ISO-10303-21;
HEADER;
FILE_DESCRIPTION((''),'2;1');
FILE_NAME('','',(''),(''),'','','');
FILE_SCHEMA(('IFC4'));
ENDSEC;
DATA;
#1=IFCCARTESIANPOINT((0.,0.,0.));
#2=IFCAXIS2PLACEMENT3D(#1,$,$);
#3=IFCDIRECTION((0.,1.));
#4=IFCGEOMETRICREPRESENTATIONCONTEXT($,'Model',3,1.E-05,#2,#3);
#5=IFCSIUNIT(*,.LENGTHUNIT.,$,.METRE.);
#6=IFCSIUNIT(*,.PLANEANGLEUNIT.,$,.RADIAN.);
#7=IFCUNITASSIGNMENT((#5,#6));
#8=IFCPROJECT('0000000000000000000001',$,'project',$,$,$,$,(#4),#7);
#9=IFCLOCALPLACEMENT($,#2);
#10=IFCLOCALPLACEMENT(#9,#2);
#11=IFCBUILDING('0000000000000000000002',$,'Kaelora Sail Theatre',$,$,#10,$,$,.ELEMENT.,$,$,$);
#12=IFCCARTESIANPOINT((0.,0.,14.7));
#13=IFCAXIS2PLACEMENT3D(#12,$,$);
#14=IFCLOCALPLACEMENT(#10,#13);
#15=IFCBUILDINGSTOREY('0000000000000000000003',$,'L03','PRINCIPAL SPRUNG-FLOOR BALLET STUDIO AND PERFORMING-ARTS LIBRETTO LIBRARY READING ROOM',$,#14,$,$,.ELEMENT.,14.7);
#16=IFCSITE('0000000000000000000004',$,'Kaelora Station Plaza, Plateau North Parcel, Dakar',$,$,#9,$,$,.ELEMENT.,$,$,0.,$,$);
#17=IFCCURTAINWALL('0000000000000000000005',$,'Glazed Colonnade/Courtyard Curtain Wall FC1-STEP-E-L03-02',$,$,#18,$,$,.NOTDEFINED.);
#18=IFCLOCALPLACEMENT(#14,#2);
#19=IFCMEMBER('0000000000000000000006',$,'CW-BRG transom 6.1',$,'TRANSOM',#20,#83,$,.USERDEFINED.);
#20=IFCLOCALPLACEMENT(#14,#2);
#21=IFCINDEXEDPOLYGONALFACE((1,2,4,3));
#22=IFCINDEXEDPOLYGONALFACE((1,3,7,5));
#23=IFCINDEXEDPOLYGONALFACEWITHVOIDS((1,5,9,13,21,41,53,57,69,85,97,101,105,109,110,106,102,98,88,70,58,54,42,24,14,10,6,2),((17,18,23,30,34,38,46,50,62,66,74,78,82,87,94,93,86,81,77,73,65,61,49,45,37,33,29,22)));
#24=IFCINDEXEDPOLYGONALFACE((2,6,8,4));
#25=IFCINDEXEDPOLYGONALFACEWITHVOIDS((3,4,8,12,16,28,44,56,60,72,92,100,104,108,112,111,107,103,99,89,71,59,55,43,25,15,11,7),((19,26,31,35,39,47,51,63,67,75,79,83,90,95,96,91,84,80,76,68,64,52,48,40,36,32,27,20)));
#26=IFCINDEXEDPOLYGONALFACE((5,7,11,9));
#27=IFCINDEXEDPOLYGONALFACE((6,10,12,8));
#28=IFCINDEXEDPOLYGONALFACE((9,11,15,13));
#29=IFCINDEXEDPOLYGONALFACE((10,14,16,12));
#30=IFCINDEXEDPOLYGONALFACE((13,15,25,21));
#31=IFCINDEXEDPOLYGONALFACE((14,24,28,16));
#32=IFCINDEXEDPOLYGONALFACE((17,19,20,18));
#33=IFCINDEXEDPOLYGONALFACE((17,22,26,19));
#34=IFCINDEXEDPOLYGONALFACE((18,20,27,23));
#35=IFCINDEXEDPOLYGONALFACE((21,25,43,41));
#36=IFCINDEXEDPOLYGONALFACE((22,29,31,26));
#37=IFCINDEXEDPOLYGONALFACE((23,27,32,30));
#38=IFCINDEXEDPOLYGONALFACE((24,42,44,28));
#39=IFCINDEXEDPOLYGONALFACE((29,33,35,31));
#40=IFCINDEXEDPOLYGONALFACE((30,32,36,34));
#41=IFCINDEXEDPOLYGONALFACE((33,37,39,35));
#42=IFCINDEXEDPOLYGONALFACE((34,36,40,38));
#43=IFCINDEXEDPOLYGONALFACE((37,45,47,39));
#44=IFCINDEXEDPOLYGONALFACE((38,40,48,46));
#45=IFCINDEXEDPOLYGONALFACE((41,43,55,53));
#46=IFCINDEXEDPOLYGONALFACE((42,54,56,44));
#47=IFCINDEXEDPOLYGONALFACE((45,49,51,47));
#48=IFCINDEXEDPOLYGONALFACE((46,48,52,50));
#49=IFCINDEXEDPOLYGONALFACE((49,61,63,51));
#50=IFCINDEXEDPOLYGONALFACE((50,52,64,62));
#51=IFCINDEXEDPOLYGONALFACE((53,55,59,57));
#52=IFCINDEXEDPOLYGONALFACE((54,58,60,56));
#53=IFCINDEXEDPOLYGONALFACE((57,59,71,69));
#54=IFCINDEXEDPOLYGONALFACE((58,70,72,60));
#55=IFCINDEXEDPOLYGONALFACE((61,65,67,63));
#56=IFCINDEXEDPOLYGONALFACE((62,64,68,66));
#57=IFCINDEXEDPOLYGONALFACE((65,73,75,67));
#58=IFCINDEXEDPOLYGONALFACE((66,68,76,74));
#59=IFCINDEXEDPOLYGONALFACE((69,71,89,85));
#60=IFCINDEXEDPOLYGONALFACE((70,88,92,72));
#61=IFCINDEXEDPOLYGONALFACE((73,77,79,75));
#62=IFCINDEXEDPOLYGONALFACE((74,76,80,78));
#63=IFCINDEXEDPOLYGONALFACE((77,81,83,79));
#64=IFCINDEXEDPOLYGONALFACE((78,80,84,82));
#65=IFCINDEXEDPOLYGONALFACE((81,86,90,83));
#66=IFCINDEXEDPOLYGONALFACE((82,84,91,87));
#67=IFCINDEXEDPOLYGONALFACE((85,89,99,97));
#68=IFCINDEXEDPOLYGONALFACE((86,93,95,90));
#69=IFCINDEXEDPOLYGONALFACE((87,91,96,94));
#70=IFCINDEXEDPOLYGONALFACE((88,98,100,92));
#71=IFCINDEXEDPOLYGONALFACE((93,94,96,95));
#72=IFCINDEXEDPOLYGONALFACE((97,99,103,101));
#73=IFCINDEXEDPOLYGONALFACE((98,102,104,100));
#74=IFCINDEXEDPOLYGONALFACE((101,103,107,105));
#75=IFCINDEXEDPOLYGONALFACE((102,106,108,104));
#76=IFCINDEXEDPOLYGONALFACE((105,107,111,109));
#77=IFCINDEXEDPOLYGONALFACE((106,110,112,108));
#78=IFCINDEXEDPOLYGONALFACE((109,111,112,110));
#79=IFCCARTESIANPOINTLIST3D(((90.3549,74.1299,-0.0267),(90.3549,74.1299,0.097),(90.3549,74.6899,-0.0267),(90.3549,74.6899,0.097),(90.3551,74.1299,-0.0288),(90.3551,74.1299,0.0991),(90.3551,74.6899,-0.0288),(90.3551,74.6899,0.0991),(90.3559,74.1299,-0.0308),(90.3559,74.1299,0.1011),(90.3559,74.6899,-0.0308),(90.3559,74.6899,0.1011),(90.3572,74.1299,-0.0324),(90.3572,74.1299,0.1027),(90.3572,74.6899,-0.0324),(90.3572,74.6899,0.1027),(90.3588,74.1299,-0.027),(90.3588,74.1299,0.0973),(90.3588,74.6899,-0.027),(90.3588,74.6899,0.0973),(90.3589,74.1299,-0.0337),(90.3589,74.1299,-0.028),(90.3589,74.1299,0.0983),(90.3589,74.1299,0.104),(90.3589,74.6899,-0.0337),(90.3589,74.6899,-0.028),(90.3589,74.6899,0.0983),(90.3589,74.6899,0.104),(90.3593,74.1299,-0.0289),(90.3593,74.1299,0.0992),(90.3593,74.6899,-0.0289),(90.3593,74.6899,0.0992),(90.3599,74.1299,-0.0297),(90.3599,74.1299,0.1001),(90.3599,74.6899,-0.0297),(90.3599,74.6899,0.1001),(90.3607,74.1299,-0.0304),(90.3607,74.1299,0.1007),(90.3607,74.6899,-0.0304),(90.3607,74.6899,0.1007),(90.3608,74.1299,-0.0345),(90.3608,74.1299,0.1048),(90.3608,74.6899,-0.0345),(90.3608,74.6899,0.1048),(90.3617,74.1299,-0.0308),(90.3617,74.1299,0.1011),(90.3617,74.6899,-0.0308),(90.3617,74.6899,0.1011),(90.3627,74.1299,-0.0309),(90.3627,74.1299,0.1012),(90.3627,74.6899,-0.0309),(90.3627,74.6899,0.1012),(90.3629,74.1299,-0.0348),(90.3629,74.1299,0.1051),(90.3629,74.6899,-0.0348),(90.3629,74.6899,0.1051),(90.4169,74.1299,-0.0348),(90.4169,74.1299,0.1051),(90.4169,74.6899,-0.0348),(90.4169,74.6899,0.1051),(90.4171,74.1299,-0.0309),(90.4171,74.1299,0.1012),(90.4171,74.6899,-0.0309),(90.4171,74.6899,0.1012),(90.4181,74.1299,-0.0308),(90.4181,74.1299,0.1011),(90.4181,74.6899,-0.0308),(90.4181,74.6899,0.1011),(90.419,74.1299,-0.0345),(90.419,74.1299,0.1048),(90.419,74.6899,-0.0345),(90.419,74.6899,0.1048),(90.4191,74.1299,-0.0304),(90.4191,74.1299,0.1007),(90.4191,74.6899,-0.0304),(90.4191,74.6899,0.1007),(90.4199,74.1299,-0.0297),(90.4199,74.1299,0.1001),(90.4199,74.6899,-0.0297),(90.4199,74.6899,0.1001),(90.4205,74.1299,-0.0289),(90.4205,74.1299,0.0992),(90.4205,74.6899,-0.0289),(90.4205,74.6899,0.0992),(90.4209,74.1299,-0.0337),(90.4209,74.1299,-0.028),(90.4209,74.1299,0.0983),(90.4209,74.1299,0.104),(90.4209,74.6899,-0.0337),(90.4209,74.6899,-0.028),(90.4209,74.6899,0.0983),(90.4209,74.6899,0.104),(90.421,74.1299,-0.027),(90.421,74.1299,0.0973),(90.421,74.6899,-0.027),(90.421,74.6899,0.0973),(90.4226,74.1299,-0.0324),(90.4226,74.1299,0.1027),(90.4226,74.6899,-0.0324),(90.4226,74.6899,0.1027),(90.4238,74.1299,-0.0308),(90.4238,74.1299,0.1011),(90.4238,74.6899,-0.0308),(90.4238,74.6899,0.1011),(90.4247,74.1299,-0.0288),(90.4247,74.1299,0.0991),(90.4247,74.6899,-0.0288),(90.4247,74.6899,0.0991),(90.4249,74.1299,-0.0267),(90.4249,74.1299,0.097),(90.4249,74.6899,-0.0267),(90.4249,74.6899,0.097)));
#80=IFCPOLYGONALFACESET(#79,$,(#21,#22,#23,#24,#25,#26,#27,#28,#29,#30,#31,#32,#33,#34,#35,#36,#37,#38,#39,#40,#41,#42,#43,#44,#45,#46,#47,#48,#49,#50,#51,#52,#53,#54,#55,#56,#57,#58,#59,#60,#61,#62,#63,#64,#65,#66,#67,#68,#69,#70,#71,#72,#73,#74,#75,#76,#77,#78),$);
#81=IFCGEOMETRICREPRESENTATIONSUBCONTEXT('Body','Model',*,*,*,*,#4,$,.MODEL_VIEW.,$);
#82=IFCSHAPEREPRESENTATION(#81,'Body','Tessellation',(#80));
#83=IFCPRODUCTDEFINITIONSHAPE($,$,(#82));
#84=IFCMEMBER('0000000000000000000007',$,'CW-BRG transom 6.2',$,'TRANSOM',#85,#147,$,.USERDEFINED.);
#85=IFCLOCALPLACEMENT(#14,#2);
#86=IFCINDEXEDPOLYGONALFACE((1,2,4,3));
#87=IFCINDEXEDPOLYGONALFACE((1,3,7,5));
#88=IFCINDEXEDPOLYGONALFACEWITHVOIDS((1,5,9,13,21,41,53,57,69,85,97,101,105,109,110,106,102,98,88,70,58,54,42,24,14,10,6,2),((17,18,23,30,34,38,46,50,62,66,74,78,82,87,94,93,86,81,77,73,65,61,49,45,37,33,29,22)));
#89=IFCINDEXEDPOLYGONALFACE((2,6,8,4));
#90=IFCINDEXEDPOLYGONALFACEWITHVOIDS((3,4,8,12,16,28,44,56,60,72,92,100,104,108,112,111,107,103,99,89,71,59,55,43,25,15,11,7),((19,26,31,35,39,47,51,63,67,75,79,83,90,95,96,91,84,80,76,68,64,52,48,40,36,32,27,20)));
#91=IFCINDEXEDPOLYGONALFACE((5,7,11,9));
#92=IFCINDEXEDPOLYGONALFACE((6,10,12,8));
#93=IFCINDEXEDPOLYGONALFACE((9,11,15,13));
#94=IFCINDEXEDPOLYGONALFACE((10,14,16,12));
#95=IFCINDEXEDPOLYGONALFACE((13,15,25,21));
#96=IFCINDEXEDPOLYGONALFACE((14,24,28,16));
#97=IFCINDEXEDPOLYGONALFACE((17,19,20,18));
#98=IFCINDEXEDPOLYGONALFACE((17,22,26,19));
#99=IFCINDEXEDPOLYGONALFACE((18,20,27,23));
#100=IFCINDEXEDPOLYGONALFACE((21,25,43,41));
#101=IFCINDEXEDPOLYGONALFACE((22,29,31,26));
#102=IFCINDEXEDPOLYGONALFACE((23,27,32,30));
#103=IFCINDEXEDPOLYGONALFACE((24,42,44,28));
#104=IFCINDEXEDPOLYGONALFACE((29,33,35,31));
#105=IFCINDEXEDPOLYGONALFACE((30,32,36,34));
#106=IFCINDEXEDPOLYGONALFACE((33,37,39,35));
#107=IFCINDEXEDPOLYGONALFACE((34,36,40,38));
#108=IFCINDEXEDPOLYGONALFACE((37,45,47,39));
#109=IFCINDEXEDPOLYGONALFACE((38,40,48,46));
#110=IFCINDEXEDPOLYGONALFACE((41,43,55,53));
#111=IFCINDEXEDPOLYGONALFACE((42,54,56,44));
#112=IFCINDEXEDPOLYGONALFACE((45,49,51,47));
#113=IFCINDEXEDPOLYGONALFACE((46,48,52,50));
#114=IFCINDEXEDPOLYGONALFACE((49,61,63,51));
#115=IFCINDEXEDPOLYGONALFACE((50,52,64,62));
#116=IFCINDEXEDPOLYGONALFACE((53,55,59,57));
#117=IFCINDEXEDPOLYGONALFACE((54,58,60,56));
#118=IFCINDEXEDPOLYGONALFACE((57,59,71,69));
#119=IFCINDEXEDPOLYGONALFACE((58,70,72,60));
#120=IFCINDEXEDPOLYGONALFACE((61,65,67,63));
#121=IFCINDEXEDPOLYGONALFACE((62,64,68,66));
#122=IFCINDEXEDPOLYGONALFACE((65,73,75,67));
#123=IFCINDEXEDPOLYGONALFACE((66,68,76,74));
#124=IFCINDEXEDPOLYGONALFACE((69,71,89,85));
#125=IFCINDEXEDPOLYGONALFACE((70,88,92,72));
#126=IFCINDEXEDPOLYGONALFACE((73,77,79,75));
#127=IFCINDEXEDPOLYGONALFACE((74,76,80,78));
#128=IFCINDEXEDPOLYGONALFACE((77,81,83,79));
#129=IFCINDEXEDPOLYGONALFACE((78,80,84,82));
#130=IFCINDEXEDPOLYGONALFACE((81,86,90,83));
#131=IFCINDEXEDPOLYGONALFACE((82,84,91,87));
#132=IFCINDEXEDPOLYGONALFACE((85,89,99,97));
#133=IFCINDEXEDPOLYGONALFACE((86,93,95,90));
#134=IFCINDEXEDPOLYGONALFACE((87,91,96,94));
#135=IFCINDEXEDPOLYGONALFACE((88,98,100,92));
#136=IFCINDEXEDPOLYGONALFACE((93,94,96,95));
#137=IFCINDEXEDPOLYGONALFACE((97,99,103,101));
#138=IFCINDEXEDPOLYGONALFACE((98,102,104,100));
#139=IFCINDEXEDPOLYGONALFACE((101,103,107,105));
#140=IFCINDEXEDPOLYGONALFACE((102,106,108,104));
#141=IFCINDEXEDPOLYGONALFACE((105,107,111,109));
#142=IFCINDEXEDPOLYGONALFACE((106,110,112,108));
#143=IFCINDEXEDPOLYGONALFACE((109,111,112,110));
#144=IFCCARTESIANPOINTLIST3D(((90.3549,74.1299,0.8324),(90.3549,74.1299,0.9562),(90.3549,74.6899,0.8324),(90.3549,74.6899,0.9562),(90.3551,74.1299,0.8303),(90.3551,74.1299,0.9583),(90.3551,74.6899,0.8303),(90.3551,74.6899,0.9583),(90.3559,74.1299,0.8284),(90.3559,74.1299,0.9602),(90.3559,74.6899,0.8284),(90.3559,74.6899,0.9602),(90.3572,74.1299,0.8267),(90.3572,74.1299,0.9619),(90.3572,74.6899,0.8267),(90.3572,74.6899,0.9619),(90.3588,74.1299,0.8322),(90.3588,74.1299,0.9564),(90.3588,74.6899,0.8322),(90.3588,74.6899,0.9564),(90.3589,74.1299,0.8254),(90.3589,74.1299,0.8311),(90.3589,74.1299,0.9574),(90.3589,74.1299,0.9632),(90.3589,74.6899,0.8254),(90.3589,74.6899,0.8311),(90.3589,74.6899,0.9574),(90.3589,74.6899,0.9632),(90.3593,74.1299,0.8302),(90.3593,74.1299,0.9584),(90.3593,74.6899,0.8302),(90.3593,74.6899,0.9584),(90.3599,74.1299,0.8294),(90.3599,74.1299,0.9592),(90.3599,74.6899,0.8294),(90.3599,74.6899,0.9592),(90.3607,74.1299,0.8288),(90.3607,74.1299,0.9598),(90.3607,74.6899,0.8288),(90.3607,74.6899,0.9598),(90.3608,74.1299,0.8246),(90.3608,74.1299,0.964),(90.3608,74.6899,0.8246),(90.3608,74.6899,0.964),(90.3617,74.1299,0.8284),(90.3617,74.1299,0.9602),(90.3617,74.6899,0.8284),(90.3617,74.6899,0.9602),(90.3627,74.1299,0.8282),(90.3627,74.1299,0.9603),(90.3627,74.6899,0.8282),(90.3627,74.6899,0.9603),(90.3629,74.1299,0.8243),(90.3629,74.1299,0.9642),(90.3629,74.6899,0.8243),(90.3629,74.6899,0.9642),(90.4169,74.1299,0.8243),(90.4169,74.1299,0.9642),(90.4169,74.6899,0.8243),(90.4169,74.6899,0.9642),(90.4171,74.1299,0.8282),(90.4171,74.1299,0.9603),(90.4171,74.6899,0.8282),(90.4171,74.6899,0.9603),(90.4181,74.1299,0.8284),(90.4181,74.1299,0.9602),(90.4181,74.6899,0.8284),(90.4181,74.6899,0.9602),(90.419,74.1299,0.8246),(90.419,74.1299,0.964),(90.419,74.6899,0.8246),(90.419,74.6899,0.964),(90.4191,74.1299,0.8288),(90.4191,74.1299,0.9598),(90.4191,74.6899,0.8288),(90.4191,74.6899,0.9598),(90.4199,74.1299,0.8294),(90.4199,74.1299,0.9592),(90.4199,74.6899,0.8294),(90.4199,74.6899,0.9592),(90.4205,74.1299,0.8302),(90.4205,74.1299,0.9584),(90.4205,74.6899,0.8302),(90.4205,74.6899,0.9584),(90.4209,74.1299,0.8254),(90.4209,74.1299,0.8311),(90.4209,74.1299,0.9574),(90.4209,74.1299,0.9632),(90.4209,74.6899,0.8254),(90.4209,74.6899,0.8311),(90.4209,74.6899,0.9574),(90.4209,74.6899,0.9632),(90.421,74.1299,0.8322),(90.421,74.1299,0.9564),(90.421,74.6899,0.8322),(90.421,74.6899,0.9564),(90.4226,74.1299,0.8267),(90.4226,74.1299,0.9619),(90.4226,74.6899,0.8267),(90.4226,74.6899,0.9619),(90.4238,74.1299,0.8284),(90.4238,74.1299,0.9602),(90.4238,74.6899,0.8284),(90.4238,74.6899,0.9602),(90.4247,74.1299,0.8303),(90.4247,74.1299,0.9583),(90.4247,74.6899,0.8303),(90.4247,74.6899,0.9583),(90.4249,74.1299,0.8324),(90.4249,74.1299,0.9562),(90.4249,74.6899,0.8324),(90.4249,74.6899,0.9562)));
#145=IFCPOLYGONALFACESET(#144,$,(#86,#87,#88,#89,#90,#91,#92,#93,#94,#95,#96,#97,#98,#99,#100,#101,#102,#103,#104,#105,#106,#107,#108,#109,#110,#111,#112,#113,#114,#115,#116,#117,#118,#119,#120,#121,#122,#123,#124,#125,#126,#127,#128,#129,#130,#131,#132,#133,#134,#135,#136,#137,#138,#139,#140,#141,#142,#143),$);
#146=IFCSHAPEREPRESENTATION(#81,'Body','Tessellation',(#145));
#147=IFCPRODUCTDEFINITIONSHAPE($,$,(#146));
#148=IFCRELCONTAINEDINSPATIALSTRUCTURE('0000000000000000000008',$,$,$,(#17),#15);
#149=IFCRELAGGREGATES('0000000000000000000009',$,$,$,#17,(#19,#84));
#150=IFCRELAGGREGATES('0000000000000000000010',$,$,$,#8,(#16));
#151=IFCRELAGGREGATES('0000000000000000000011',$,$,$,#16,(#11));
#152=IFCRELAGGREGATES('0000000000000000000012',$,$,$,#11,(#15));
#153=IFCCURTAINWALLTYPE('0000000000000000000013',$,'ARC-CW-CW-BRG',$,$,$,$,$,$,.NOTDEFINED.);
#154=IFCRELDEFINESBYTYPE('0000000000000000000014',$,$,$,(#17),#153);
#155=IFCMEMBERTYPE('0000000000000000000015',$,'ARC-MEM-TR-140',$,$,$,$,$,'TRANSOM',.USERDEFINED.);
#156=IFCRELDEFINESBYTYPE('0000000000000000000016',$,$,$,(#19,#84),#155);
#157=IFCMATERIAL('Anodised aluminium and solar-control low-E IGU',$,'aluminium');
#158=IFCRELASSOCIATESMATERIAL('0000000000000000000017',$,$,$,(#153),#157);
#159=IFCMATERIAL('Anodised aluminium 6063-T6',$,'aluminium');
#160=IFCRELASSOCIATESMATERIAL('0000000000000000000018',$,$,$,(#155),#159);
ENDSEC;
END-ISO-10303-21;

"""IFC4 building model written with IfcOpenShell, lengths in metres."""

from ifc_helpers import new_model, si_unit, direction, frame, origin, origin_2d, place, context, subcontext, project, spatial, hollow_rectangle, extrude, material, material_profile, profile_set, type_object, element, aggregate, save


model = new_model("IFC4")

# Units and contexts
model_context = context("Model", 3, precision=1e-05, world=origin(), true_north=direction((0.0, 1.0)))
body_context = subcontext(model_context, "Body", "Model", "MODEL_VIEW")
ifc_project = project(units=[si_unit("LENGTHUNIT", "METRE"), si_unit("PLANEANGLEUNIT", "RADIAN")], contexts=[model_context])

# Site, building, storey
site_placement = place(None, origin())
site = spatial("IfcSite", under=ifc_project, at=site_placement, Name="Kaelora Station Plaza, Plateau North Parcel, Dakar", CompositionType="ELEMENT", RefElevation=0.0)
building_placement = place(site_placement, origin())
building = spatial("IfcBuilding", under=site, at=building_placement, Name="Kaelora Sail Theatre", CompositionType="ELEMENT")
storey_placement = place(building_placement, frame((0.0, 0.0, 14.7)))
storey = spatial("IfcBuildingStorey", under=building, at=storey_placement, Name="L03", Description="PRINCIPAL SPRUNG-FLOOR BALLET STUDIO AND PERFORMING-ARTS LIBRETTO LIBRARY READING ROOM", CompositionType="ELEMENT", Elevation=14.7)

# Curtain wall
ifc_material_1 = material(Name="Anodised aluminium and solar-control low-E IGU", Category="aluminium")
curtain_wall_type = type_object("IfcCurtainWallType", Name="ARC-CW-CW-BRG", PredefinedType="NOTDEFINED", material=ifc_material_1)
curtain_wall_1_placement = place(storey_placement, origin())
curtain_wall_1 = element("IfcCurtainWall", 1, at=curtain_wall_1_placement, inside=storey, type_object=curtain_wall_type, Name="Glazed Colonnade/Courtyard Curtain Wall FC1-STEP-E-L03-02", PredefinedType="NOTDEFINED")

# Members
ifc_material_2 = material(Name="Anodised aluminium 6063-T6", Category="aluminium")
ifc_material_profile_1 = material_profile(ifc_material_2, hollow_rectangle(XDim=0.0701, YDim=0.1399, WallThickness=0.0039, InnerFilletRadius=0.0039, OuterFilletRadius=0.0081, at=origin_2d()), Name="ALU-TRAN 70x140x4")
ifc_profile_set_1 = profile_set([ifc_material_profile_1], Name="Anodised aluminium 6063-T6")
member_type_1 = type_object("IfcMemberType", Name="ARC-MEM-TR-140", ElementType="TRANSOM", PredefinedType="USERDEFINED", material=ifc_profile_set_1)
member_1_placement = place(storey_placement, frame((90.3899, 74.1299, 0.0352), z_axis=(0.0, 1.0, 0.0), x_axis=(-1.0, 0.0, 0.0)))
member_1 = element("IfcMember", 2, at=member_1_placement, type_object=member_type_1, Name="CW-BRG transom 6.1", ObjectType="TRANSOM", PredefinedType="USERDEFINED", context=body_context, shape_type="SweptSolid", body=[
    extrude(hollow_rectangle(XDim=0.0701, YDim=0.1399, WallThickness=0.0039, InnerFilletRadius=0.0039, OuterFilletRadius=0.0081, at=origin_2d()), origin(), (0.0, 0.0, 1.0), 0.5601),
])
member_2_placement = place(storey_placement, frame((90.3899, 74.1299, 0.8943), z_axis=(0.0, 1.0, 0.0), x_axis=(-1.0, 0.0, 0.0)))
member_2 = element("IfcMember", 3, at=member_2_placement, type_object=member_type_1, Name="CW-BRG transom 6.2", ObjectType="TRANSOM", PredefinedType="USERDEFINED", context=body_context, shape_type="SweptSolid", body=[
    extrude(hollow_rectangle(XDim=0.0701, YDim=0.1399, WallThickness=0.0039, InnerFilletRadius=0.0039, OuterFilletRadius=0.0081, at=origin_2d()), origin(), (0.0, 0.0, 1.0), 0.5601),
])

aggregate(curtain_wall_1, [member_1, member_2])

save(model, "model.ifc")
